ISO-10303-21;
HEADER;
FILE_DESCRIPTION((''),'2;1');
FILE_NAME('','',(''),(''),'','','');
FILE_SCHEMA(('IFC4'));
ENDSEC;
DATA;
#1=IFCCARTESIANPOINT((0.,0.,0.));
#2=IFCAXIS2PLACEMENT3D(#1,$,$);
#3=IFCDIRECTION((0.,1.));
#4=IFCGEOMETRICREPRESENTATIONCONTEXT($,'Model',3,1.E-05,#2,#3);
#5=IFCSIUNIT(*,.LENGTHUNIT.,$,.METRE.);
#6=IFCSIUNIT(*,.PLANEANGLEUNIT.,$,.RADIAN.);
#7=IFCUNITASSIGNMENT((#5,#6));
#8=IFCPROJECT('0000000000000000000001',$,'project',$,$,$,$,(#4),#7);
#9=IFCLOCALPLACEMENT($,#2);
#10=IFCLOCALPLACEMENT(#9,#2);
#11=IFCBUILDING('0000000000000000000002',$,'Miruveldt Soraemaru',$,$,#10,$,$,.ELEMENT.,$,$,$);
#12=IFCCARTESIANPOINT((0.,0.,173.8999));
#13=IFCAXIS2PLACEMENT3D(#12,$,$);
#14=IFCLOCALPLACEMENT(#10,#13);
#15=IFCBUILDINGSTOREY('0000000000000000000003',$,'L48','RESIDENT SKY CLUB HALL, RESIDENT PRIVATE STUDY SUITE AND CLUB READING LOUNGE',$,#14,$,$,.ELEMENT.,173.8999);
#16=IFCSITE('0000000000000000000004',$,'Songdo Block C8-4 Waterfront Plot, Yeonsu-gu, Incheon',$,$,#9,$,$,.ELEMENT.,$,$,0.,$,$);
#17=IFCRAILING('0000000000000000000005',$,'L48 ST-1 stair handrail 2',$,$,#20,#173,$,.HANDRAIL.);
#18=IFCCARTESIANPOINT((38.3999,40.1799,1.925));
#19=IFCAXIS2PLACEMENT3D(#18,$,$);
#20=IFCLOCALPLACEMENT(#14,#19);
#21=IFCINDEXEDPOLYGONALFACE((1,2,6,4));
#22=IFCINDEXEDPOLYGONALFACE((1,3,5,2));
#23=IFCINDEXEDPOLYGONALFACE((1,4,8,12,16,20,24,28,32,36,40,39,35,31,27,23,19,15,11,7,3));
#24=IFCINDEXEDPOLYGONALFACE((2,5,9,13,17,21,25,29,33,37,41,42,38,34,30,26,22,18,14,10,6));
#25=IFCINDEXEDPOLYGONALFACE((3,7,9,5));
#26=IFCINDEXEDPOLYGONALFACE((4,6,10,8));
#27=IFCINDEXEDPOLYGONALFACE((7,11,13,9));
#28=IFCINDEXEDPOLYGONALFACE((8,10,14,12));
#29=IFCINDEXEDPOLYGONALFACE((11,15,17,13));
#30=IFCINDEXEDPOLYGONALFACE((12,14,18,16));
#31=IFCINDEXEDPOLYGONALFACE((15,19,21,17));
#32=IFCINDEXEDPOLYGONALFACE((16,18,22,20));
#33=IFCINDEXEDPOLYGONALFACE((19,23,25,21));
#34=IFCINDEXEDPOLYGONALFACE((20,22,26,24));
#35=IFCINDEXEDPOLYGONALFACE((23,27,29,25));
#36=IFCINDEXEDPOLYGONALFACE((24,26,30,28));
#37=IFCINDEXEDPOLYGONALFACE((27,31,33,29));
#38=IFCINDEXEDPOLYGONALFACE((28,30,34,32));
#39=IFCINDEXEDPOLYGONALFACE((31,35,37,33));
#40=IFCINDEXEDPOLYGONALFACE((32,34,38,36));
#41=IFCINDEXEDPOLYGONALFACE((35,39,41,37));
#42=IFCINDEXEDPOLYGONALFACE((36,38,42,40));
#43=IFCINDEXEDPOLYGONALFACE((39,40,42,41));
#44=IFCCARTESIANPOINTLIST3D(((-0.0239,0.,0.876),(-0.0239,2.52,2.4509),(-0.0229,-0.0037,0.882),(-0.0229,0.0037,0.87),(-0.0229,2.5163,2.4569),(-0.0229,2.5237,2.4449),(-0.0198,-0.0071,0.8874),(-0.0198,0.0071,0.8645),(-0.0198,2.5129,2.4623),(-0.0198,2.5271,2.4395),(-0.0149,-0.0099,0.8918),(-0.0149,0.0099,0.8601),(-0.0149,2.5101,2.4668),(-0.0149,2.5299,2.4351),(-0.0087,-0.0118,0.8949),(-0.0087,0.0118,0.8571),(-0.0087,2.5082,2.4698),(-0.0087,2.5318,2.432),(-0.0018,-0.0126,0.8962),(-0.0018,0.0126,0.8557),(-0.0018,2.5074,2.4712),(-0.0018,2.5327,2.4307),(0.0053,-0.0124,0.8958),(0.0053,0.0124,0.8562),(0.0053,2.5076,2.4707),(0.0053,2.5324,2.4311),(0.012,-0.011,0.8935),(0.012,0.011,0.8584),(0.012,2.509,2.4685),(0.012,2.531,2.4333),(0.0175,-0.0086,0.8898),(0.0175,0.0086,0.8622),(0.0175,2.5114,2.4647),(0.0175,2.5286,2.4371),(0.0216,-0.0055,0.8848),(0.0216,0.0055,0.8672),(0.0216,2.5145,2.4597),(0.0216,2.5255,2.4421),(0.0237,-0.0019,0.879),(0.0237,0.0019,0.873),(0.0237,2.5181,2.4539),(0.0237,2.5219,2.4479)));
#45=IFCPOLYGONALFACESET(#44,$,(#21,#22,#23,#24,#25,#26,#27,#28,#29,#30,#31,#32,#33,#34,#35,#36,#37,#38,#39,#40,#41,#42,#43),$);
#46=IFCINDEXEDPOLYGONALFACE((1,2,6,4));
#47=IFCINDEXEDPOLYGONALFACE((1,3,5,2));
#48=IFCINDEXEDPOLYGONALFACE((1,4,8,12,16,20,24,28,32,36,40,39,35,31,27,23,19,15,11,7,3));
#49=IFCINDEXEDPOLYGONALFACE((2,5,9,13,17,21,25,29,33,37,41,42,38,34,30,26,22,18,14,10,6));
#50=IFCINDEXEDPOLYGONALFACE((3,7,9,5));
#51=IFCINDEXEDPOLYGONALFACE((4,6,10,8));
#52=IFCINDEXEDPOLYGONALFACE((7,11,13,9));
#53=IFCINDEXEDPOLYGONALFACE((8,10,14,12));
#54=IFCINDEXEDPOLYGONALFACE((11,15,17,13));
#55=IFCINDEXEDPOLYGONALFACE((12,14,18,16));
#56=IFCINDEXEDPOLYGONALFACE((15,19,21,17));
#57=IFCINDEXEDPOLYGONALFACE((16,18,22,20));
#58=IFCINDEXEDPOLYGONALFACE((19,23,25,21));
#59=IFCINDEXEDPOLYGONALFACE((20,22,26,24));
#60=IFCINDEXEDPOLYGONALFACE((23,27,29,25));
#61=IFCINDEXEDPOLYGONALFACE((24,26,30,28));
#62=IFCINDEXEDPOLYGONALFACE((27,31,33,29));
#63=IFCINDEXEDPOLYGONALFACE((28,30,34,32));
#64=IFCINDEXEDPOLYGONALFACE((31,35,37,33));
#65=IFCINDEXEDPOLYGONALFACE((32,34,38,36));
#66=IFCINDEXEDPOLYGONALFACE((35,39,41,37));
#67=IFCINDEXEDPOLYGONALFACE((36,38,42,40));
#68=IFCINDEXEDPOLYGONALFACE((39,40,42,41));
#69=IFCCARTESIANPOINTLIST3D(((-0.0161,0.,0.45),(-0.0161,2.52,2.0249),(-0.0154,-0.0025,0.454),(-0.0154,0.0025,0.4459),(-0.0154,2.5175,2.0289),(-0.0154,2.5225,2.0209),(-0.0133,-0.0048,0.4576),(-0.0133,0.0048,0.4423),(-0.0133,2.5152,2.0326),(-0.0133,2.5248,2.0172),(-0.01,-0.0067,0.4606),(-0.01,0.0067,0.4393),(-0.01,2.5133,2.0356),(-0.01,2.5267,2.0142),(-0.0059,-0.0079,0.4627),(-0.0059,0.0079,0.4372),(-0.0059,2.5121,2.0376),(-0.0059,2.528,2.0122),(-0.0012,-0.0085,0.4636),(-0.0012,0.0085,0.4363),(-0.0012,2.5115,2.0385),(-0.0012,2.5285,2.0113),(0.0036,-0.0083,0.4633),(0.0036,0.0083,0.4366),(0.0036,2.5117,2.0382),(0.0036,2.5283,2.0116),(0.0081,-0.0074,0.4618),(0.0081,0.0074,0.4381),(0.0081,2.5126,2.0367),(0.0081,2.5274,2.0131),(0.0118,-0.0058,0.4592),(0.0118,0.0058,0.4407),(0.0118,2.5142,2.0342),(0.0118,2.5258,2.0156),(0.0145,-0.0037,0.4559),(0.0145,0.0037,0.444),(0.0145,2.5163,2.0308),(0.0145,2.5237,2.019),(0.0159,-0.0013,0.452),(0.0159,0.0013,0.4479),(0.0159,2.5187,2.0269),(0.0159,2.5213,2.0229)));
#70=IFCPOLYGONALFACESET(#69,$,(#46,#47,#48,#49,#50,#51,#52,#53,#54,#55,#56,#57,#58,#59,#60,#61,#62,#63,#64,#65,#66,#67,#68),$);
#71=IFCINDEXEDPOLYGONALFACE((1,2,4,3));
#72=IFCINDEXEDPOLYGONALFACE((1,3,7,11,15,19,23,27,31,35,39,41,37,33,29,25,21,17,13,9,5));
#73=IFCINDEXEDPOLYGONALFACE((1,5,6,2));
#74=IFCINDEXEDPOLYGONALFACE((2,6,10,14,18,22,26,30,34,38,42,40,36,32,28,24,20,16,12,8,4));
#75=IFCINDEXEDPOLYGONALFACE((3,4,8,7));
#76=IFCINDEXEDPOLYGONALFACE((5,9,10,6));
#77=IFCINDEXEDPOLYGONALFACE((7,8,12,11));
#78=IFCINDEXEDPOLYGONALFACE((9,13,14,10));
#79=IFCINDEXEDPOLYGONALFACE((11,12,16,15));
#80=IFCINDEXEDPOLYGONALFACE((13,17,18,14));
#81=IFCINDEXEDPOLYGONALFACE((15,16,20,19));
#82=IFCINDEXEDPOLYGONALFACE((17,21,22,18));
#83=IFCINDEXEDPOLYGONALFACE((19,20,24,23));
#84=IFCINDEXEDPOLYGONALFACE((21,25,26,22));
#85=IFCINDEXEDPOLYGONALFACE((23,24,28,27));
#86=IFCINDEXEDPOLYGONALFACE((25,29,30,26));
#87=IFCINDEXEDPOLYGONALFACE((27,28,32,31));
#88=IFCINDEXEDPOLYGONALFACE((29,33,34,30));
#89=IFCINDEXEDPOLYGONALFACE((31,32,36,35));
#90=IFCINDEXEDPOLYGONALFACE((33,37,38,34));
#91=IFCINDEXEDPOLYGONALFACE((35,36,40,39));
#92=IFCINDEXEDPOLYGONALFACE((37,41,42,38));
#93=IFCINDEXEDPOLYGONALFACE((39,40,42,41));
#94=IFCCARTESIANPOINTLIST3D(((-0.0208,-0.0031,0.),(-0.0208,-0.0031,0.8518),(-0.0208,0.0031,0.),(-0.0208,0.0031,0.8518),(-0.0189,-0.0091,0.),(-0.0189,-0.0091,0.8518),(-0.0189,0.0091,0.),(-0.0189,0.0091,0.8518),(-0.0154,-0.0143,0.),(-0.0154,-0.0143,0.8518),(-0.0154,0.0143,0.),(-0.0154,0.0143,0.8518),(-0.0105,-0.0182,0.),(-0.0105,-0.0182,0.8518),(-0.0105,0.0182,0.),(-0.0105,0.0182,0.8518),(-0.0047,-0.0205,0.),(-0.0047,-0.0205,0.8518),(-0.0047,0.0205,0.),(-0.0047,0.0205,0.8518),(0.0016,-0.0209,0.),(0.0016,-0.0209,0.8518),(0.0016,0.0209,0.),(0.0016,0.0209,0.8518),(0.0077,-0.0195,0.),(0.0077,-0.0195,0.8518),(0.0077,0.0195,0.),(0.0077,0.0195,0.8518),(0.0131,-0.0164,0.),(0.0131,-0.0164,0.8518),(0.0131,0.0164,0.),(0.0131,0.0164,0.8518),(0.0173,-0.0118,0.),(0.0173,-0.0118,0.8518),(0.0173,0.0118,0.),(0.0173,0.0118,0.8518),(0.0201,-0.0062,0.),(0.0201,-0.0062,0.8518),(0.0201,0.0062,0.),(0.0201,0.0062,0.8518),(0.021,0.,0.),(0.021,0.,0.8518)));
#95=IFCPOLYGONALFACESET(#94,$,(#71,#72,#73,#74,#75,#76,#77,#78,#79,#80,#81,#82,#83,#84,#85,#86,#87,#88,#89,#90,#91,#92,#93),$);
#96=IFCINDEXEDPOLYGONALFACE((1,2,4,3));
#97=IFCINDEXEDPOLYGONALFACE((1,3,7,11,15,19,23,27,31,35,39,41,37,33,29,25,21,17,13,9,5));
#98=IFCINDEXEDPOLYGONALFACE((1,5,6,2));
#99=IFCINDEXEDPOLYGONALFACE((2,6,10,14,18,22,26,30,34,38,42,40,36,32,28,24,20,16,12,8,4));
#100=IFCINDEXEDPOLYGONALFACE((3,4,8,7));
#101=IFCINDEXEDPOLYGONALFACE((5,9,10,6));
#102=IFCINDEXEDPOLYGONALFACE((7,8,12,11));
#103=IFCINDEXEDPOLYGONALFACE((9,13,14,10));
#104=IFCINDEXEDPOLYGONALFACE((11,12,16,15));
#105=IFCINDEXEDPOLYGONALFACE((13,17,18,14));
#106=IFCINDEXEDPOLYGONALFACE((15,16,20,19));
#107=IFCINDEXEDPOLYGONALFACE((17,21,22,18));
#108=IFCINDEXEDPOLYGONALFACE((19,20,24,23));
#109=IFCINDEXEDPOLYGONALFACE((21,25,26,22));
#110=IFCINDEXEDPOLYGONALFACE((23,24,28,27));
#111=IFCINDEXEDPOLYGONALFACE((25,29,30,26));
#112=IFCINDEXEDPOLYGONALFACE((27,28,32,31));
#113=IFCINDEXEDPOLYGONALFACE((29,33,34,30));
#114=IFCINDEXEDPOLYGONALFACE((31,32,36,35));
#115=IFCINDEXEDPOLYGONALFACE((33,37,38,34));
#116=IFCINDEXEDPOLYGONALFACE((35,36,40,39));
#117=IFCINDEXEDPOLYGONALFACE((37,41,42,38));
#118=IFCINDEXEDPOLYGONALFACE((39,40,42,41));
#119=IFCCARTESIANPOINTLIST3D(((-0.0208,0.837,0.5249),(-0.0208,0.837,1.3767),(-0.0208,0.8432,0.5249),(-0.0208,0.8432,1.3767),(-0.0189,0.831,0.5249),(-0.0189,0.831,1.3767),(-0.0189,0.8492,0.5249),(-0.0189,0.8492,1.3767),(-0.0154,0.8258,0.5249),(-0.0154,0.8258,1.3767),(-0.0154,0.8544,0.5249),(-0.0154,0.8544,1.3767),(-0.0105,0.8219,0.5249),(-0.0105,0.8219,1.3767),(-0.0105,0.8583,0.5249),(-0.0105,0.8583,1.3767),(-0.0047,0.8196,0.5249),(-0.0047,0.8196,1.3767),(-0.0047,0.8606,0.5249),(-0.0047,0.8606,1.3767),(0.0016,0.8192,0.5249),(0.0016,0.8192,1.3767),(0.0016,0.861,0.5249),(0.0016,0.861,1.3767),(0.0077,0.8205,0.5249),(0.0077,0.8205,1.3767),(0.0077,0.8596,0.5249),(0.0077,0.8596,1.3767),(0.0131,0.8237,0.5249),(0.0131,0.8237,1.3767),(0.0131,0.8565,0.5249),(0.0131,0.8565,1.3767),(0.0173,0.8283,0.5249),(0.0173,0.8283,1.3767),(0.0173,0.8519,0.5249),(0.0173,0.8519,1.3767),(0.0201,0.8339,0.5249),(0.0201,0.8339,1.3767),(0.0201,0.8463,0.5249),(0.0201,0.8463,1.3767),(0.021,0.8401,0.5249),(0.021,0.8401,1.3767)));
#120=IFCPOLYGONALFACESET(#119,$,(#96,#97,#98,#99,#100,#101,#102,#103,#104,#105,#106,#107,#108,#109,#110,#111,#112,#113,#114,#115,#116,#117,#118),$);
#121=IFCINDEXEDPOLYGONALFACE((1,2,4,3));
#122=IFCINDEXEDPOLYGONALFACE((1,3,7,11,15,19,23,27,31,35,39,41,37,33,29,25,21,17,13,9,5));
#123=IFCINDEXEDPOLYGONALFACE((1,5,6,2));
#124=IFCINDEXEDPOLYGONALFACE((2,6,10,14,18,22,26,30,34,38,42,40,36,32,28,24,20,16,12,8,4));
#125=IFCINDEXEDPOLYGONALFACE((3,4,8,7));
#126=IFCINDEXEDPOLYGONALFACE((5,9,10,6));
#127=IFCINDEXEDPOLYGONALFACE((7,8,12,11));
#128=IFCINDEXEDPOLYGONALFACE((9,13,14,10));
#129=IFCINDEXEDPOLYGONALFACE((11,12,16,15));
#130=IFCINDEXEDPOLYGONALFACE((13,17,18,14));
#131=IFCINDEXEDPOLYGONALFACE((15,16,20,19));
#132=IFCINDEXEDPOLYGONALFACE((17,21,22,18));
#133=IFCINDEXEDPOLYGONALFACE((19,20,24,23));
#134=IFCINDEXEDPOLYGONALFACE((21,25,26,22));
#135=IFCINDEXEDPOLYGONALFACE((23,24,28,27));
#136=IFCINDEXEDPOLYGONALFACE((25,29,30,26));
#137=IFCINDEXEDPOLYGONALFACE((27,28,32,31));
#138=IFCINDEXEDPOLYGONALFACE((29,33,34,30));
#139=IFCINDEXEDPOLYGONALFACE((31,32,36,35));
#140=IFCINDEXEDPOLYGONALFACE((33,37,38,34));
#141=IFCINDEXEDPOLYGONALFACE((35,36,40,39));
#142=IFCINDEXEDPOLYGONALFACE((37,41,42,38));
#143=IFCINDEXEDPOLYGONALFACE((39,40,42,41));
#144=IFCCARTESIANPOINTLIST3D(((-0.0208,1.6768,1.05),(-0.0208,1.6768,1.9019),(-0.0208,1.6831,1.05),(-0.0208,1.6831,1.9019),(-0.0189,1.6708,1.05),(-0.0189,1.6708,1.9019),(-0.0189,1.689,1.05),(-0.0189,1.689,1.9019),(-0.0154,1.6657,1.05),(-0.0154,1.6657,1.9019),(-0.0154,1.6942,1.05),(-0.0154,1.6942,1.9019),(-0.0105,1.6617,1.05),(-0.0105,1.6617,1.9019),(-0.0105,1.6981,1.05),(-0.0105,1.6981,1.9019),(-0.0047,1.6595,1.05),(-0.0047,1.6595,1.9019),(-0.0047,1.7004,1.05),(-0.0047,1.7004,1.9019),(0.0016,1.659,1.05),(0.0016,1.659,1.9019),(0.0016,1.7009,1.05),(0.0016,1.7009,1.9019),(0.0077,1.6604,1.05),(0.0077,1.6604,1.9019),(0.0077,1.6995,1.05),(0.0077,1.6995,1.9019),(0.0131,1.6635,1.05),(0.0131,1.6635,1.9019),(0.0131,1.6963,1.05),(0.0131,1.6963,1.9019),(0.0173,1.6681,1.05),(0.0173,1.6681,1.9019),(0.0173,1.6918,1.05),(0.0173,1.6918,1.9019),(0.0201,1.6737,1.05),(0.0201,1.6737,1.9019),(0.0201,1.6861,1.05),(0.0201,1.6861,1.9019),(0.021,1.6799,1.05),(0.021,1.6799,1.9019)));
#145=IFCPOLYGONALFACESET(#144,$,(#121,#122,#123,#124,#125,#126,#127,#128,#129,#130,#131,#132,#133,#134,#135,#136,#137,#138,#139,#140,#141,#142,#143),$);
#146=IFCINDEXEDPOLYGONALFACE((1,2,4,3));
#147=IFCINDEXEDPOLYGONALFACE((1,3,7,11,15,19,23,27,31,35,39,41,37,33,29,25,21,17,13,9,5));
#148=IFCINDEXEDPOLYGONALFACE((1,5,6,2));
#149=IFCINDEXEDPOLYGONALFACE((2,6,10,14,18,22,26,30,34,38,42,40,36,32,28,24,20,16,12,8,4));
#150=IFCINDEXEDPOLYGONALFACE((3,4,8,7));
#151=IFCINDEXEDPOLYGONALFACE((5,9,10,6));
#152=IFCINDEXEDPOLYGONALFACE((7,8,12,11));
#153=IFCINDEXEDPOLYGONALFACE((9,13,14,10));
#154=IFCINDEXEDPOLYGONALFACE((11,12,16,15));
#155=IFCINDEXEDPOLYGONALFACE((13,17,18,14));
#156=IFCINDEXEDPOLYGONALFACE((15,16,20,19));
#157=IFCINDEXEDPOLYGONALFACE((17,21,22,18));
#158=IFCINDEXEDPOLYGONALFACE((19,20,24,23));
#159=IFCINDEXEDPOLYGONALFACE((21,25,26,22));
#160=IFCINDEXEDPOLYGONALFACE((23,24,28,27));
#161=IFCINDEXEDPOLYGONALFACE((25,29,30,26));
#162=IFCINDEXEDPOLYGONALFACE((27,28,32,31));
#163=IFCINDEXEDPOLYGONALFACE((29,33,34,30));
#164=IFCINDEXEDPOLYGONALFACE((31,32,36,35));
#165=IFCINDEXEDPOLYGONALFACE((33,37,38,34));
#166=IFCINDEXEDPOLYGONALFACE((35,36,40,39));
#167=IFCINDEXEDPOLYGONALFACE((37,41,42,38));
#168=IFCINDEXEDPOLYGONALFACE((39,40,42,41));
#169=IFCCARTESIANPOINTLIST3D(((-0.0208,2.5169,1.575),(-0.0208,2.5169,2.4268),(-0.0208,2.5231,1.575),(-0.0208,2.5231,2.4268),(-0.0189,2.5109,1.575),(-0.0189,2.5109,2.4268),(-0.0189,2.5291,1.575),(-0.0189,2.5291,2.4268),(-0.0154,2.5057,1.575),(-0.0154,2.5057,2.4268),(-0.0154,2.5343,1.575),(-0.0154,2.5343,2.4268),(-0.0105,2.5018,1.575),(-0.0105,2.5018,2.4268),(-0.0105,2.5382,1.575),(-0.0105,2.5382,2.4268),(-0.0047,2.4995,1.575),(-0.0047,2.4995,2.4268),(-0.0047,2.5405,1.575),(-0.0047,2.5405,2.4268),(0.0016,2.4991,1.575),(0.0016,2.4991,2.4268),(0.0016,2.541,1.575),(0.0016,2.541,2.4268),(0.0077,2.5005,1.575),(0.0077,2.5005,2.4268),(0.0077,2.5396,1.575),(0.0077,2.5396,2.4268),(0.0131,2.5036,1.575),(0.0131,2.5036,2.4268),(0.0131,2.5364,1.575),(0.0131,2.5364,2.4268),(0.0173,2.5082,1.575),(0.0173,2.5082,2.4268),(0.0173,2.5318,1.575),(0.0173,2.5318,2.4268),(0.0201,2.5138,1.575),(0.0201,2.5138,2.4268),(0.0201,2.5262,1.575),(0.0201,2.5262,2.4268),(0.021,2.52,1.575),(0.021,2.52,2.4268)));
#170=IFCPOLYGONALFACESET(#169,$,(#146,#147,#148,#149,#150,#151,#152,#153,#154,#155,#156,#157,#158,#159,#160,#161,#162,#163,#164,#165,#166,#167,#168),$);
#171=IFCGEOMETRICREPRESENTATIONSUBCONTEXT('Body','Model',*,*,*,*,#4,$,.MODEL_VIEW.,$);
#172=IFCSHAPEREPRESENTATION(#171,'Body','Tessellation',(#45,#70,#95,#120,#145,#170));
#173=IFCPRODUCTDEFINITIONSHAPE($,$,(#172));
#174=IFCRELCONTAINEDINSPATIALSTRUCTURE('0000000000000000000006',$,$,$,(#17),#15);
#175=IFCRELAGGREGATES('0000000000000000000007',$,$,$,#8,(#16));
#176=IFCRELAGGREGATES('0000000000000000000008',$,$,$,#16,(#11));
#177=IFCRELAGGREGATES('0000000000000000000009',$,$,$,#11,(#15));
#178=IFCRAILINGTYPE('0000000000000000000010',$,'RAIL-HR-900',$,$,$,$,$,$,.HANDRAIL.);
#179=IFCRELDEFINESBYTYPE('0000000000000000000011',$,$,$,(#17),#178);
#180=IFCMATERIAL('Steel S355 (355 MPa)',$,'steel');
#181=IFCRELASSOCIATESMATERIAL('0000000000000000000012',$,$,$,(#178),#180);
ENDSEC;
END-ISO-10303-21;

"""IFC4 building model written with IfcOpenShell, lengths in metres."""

from ifc_helpers import new_model, si_unit, direction, frame, origin, origin_2d, place, context, subcontext, project, spatial, circle, extrude, material, type_object, element, save


model = new_model("IFC4")

# Units and contexts
model_context = context("Model", 3, precision=1e-05, world=origin(), true_north=direction((0.0, 1.0)))
body_context = subcontext(model_context, "Body", "Model", "MODEL_VIEW")
ifc_project = project(units=[si_unit("LENGTHUNIT", "METRE"), si_unit("PLANEANGLEUNIT", "RADIAN")], contexts=[model_context])

# Site, building, storey
site_placement = place(None, origin())
site = spatial("IfcSite", under=ifc_project, at=site_placement, Name="Songdo Block C8-4 Waterfront Plot, Yeonsu-gu, Incheon", CompositionType="ELEMENT", RefElevation=0.0)
building_placement = place(site_placement, origin())
building = spatial("IfcBuilding", under=site, at=building_placement, Name="Miruveldt Soraemaru", CompositionType="ELEMENT")
storey_placement = place(building_placement, frame((0.0, 0.0, 173.8999)))
storey = spatial("IfcBuildingStorey", under=building, at=storey_placement, Name="L48", Description="RESIDENT SKY CLUB HALL, RESIDENT PRIVATE STUDY SUITE AND CLUB READING LOUNGE", CompositionType="ELEMENT", Elevation=173.8999)

# Railing
ifc_material_1 = material(Name="Steel S355 (355 MPa)", Category="steel")
railing_type_1 = type_object("IfcRailingType", Name="RAIL-HR-900", PredefinedType="HANDRAIL", material=ifc_material_1)
railing_1_placement = place(storey_placement, frame((38.3999, 40.1799, 1.925)))
element("IfcRailing", 1, at=railing_1_placement, inside=storey, type_object=railing_type_1, Name="L48 ST-1 stair handrail 2", PredefinedType="HANDRAIL", context=body_context, shape_type="SweptSolid", body=[
    extrude(circle(Radius=0.0239, at=origin_2d()), frame((0.0, 0.0, 0.876), z_axis=(0.0, 0.848008, 0.529984), x_axis=(-1.0, 0.0, 0.0)), (0.0, 0.0, 1.0), 2.9717),
    extrude(circle(Radius=0.0161, at=origin_2d()), frame((0.0, 0.0, 0.45), z_axis=(0.0, 0.848008, 0.529984), x_axis=(-1.0, 0.0, 0.0)), (0.0, 0.0, 1.0), 2.9717),
    extrude(circle(Radius=0.021, at=origin_2d()), origin(), (0.0, 0.0, 1.0), 0.8518),
    extrude(circle(Radius=0.021, at=origin_2d()), frame((0.0, 0.8401, 0.5249)), (0.0, 0.0, 1.0), 0.8518),
    extrude(circle(Radius=0.021, at=origin_2d()), frame((0.0, 1.6799, 1.05)), (0.0, 0.0, 1.0), 0.8518),
    extrude(circle(Radius=0.021, at=origin_2d()), frame((0.0, 2.52, 1.575)), (0.0, 0.0, 1.0), 0.8518),
])

save(model, "model.ifc")
